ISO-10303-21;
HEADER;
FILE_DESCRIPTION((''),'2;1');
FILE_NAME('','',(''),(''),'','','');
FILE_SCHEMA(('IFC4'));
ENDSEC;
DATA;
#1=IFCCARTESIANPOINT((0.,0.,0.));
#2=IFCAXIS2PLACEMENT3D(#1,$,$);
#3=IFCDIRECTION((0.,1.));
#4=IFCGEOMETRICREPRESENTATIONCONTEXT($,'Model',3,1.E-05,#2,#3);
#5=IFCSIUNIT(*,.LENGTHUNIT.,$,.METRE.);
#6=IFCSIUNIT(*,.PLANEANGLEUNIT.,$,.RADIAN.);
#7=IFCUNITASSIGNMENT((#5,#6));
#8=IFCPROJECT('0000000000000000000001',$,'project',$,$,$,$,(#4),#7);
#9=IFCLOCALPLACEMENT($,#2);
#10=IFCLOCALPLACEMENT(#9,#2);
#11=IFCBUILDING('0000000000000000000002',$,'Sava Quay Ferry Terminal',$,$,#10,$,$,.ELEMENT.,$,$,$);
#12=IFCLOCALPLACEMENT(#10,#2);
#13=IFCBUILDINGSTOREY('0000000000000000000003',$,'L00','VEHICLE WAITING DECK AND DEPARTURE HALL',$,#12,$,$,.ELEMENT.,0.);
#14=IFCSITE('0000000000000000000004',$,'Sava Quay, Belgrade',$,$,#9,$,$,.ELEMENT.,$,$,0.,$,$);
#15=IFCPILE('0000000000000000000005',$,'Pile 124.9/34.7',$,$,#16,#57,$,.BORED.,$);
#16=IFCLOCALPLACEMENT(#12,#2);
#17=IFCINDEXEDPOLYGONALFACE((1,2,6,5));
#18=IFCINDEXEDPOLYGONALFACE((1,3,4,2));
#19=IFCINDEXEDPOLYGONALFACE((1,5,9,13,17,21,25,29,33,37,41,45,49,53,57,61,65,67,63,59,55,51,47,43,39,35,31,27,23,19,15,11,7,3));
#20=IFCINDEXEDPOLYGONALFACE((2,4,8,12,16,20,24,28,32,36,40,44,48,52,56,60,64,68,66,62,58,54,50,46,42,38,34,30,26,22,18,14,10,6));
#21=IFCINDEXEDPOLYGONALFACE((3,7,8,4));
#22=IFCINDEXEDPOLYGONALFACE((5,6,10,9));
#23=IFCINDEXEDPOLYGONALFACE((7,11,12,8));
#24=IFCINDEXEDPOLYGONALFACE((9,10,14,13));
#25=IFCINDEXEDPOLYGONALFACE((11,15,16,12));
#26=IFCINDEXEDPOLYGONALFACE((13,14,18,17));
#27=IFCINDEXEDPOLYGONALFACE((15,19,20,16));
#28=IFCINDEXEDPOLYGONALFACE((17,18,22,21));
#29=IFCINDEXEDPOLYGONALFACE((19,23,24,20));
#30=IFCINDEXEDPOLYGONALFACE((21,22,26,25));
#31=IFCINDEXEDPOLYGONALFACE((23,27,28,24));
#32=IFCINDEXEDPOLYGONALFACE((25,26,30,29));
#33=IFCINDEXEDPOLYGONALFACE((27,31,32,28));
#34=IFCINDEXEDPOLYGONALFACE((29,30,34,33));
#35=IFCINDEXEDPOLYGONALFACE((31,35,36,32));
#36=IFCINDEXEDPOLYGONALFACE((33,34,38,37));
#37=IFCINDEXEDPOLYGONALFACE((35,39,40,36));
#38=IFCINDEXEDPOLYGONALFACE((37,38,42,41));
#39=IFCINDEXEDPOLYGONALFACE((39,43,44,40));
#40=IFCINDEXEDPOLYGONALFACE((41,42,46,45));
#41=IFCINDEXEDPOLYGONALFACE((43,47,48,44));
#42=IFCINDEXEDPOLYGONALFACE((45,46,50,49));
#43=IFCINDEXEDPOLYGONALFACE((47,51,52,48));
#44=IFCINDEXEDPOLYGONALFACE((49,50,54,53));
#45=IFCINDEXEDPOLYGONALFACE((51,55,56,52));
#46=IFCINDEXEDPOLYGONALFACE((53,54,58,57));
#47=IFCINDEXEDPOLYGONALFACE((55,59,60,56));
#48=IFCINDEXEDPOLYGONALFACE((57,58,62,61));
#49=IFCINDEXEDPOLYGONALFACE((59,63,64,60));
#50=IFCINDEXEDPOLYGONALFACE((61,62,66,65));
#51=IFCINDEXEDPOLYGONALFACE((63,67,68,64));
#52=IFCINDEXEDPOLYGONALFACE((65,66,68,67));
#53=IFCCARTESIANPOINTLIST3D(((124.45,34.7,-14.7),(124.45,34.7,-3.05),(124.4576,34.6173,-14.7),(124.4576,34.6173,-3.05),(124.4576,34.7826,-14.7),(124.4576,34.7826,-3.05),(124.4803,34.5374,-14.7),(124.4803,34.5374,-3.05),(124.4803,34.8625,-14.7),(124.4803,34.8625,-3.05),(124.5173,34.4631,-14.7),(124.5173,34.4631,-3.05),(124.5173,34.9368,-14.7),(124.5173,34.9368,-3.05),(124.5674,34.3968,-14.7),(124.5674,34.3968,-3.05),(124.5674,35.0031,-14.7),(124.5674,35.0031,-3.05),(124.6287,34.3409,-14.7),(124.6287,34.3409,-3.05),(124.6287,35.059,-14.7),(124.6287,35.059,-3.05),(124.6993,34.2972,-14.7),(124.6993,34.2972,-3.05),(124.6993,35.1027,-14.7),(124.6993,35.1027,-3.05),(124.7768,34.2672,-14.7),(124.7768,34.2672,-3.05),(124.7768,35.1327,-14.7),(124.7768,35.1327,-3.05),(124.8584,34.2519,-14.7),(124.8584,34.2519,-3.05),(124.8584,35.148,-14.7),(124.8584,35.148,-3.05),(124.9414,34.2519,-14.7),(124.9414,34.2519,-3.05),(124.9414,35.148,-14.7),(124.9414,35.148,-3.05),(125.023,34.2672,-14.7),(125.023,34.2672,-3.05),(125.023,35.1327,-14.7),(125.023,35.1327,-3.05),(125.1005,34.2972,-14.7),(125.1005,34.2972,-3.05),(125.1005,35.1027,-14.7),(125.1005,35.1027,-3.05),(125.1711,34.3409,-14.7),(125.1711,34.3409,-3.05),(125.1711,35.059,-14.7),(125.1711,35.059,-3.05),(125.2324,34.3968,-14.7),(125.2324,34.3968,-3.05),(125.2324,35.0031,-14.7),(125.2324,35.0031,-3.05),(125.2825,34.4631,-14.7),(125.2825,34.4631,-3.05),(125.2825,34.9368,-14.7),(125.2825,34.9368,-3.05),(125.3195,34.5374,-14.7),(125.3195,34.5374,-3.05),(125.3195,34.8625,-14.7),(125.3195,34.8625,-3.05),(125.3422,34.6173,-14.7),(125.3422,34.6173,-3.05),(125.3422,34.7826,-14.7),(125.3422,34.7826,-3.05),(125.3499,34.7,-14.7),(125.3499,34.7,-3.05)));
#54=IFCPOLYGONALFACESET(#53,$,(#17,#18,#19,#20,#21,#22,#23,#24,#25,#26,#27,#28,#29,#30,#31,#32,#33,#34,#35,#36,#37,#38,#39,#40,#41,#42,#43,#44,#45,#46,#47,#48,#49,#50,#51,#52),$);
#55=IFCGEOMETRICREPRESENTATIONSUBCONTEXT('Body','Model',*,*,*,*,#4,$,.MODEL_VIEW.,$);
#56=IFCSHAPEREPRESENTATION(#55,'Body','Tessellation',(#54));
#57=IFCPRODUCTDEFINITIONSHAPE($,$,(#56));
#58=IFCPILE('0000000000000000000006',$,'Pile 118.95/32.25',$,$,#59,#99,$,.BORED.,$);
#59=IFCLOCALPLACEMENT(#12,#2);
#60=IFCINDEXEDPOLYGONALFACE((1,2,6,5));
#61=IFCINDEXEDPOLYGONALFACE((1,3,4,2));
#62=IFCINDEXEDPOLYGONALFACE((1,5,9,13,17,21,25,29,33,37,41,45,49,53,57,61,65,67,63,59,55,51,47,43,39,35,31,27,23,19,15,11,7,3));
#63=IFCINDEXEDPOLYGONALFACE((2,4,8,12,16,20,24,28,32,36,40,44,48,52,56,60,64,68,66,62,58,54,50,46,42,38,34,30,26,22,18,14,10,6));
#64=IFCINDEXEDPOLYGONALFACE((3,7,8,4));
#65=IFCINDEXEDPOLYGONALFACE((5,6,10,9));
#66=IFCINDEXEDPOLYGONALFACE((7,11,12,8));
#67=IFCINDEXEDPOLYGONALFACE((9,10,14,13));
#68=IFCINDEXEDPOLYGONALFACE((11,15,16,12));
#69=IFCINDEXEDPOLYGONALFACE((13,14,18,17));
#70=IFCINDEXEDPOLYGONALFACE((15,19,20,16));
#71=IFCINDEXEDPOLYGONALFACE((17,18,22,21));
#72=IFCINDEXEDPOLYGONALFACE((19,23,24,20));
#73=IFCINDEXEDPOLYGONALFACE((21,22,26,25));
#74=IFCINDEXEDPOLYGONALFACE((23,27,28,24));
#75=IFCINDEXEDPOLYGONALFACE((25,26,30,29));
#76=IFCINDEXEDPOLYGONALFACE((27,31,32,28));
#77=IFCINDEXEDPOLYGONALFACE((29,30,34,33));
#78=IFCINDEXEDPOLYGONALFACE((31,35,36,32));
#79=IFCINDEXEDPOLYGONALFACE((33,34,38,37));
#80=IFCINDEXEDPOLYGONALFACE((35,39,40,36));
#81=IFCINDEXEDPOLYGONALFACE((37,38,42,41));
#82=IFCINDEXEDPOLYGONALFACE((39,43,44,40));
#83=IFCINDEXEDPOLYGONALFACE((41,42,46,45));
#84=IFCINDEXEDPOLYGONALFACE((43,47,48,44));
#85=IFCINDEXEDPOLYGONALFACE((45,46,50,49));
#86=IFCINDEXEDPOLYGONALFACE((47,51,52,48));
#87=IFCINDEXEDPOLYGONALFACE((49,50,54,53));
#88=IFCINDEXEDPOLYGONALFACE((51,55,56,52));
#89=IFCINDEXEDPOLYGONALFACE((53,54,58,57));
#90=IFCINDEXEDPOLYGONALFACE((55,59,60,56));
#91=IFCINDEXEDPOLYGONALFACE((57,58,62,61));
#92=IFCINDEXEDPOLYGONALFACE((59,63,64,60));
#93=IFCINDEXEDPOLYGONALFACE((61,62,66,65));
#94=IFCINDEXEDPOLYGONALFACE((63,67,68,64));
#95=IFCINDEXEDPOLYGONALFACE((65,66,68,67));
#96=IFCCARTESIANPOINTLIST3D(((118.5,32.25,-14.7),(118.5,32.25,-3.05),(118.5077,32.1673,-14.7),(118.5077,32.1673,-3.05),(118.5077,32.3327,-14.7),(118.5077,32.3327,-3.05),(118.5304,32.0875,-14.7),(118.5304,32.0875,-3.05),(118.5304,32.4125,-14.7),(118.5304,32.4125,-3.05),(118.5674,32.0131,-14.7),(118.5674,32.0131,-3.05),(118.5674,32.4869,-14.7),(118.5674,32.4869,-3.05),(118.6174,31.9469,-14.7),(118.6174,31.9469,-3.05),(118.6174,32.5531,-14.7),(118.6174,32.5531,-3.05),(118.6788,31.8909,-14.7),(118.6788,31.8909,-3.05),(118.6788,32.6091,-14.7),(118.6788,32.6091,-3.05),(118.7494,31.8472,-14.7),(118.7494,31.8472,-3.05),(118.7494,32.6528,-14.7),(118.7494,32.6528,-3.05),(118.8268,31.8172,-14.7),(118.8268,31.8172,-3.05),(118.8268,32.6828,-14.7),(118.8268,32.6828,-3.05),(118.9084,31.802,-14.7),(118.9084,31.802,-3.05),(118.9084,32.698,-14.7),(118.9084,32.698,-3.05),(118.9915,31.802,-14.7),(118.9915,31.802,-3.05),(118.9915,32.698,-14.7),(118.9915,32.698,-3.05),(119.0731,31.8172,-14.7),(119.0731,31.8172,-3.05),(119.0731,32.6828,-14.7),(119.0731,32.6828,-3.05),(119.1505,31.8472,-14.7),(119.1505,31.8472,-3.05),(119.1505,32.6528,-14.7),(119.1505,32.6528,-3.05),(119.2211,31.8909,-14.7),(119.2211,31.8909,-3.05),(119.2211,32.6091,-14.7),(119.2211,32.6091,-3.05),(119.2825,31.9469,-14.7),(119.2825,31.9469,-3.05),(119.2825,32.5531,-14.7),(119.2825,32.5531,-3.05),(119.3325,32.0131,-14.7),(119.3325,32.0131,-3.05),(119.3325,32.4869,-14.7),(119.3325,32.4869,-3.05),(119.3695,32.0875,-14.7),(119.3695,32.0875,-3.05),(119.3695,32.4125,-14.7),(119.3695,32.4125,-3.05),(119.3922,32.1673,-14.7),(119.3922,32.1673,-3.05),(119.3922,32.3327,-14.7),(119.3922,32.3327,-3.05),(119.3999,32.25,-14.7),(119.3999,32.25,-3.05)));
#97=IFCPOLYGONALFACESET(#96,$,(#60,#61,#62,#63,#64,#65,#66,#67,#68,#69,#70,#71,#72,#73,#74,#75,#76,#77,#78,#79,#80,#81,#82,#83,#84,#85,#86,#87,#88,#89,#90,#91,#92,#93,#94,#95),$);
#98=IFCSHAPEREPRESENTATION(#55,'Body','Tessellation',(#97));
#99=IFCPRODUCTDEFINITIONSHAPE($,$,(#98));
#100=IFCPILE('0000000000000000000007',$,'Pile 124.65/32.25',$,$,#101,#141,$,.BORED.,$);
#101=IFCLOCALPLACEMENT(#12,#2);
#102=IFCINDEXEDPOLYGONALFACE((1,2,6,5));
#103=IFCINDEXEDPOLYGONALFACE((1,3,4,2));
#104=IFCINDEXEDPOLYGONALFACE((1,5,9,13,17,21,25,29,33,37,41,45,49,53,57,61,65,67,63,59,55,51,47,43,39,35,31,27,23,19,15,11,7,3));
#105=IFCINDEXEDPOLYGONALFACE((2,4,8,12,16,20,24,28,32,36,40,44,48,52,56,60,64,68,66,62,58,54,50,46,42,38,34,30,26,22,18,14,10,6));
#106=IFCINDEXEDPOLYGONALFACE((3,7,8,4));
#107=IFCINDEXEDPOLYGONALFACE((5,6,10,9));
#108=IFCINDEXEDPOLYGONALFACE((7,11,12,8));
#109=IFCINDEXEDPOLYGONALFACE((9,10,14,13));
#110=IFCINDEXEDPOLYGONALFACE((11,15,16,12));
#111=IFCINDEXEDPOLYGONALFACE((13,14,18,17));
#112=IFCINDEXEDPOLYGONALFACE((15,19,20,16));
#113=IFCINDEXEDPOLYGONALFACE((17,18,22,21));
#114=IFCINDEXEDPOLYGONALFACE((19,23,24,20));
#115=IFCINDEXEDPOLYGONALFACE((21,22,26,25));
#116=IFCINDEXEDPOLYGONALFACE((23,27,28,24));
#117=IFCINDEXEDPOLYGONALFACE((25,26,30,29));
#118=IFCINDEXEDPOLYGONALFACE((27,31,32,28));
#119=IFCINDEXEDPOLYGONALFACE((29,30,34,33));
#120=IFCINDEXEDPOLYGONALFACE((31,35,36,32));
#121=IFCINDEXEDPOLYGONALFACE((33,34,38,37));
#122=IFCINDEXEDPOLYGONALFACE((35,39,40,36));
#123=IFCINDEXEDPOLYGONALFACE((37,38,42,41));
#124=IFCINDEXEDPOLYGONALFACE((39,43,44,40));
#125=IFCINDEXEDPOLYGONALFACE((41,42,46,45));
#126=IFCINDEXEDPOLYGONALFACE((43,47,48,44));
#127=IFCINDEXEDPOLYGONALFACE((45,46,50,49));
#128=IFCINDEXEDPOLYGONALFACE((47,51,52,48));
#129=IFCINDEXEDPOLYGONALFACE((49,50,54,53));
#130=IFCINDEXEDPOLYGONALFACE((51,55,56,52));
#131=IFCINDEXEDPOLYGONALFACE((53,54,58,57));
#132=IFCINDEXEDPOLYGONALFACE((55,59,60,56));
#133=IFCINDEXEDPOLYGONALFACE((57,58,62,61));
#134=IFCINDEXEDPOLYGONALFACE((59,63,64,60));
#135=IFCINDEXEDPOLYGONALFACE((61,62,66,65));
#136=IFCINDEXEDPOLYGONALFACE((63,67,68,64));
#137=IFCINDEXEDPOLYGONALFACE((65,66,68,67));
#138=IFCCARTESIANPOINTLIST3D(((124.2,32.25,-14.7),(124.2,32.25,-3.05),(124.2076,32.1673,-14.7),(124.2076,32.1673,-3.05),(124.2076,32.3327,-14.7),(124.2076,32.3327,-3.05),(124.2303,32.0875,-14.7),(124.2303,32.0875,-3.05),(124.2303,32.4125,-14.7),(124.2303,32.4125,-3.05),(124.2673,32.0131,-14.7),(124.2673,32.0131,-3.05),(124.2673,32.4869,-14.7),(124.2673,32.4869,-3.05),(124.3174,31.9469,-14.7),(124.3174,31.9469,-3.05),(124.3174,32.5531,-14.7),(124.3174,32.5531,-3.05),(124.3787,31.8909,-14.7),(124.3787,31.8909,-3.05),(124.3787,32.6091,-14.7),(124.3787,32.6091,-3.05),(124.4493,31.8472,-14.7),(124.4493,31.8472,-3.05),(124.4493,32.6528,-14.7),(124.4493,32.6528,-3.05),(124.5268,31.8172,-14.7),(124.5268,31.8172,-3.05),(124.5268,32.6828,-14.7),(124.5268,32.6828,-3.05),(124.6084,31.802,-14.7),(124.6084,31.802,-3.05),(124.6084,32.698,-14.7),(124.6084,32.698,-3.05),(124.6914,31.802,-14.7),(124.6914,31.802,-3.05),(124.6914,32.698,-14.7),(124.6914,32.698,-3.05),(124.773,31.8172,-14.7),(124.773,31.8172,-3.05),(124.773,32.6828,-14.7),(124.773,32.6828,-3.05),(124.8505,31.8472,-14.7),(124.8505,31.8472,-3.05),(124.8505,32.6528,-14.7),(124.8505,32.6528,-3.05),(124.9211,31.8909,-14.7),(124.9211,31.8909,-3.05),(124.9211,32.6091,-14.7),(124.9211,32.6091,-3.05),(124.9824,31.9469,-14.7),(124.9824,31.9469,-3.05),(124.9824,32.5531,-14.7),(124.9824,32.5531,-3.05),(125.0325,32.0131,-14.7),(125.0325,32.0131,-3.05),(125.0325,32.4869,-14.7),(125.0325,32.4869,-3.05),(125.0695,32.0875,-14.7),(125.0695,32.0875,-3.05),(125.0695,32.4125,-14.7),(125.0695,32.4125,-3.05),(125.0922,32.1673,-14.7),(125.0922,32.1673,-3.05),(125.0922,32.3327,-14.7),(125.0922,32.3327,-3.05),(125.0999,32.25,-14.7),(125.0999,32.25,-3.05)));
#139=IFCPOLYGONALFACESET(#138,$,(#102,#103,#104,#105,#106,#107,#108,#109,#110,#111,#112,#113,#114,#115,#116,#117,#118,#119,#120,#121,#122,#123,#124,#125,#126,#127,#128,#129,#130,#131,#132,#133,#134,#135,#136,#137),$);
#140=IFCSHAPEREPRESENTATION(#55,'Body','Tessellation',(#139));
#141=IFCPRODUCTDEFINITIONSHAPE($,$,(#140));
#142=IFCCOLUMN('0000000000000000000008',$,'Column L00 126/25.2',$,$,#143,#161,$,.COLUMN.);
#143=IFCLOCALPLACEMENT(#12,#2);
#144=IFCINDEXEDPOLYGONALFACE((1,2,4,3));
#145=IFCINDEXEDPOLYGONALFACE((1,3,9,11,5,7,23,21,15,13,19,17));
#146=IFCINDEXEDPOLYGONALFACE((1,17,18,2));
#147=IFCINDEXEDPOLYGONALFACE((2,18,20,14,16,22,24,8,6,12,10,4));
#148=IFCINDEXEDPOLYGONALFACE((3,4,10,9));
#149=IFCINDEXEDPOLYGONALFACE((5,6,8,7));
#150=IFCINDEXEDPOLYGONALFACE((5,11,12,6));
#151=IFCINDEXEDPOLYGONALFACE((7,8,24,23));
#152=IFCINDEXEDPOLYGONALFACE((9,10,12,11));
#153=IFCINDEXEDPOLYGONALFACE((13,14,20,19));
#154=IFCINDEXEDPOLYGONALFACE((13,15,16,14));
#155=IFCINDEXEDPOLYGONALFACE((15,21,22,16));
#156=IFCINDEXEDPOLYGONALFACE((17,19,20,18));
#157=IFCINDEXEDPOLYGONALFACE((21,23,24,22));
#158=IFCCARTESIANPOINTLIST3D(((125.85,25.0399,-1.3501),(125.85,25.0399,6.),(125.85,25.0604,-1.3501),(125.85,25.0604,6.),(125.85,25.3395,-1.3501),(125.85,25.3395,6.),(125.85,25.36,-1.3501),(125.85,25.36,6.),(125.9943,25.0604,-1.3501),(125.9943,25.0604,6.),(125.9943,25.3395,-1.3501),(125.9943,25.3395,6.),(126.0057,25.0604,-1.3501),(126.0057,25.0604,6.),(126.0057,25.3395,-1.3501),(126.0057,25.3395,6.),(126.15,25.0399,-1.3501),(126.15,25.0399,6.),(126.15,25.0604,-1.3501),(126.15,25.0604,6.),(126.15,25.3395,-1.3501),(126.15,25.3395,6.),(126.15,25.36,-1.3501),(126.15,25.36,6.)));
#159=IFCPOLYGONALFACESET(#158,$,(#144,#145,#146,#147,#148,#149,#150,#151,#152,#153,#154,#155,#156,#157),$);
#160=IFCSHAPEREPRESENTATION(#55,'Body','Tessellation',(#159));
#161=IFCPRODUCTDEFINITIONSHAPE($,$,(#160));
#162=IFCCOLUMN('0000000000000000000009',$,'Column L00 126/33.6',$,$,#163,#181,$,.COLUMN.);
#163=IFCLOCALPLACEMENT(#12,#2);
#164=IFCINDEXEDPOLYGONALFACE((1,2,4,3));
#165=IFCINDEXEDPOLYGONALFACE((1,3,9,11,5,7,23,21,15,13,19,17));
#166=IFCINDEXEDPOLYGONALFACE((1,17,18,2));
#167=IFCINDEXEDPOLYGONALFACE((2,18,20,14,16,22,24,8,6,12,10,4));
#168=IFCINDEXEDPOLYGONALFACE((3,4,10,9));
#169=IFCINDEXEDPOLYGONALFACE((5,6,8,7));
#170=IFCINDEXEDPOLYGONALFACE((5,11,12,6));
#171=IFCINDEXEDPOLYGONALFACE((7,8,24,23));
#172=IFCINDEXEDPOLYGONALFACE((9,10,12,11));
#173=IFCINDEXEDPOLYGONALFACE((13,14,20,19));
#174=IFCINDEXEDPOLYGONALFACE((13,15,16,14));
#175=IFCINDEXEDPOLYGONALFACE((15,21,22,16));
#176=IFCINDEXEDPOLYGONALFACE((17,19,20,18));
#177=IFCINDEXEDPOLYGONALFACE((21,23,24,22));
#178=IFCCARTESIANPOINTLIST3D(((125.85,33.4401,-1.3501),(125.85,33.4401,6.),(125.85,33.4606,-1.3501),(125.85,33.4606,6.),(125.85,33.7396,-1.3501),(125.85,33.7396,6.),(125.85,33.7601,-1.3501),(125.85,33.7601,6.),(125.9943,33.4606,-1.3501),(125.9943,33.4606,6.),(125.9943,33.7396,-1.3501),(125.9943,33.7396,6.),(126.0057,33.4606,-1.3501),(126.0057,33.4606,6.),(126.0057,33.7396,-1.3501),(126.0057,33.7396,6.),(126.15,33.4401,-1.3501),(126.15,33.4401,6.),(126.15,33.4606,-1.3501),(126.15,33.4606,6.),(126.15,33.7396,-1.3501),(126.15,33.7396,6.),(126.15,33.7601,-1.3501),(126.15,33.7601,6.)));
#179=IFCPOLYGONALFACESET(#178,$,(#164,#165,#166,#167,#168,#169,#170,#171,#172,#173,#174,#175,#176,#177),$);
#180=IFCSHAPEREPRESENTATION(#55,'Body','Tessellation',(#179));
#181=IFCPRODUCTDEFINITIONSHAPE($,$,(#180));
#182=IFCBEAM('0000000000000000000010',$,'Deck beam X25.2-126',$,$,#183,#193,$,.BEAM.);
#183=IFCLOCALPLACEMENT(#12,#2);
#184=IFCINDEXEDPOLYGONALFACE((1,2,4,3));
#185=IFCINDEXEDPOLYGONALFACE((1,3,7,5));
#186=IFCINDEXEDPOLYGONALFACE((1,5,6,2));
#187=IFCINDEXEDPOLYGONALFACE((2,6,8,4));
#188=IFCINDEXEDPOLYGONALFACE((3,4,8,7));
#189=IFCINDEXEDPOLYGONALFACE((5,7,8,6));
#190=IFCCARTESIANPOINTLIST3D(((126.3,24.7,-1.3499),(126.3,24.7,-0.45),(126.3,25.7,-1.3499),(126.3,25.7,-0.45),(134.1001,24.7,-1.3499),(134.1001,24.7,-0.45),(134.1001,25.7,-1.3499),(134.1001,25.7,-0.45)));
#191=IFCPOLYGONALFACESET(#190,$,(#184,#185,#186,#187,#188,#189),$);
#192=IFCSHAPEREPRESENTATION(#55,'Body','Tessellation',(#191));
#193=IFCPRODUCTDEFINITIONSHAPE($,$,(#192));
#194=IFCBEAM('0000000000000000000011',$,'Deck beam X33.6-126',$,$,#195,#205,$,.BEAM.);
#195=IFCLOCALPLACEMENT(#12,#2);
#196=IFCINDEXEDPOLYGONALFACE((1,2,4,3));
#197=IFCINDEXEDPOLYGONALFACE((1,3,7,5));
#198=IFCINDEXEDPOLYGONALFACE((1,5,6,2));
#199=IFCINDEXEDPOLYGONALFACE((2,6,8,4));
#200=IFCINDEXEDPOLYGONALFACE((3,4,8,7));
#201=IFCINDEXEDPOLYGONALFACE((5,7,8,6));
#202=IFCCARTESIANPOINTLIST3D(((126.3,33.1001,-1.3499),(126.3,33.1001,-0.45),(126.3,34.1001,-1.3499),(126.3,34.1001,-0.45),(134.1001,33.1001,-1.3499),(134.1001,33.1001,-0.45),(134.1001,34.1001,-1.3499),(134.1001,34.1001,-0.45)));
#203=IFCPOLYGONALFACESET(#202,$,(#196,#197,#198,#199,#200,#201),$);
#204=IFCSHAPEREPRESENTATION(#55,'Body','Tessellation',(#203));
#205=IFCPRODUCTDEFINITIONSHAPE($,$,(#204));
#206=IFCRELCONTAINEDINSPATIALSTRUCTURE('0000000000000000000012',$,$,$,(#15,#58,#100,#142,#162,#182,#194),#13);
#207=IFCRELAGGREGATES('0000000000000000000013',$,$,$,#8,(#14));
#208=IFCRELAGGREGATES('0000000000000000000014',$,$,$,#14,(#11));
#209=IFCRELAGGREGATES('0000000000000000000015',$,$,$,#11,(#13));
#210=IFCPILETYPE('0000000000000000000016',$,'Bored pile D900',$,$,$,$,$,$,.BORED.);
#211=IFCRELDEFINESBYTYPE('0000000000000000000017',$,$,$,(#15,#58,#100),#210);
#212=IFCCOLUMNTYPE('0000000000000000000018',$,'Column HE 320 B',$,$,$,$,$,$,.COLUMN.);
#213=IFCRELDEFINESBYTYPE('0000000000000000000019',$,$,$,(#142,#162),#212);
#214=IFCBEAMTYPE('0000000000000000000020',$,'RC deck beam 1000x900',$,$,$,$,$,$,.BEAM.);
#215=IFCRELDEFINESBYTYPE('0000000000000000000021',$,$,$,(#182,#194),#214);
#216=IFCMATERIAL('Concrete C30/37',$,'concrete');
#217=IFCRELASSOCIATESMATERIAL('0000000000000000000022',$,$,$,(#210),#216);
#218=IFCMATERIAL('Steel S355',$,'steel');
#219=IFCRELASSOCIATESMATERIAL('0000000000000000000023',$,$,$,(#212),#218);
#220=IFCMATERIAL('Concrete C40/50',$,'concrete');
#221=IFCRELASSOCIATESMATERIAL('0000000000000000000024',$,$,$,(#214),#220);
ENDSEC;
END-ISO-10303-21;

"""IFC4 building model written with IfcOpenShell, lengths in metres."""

from ifc_helpers import new_model, si_unit, direction, frame, origin, origin_2d, place, context, subcontext, project, spatial, rectangle, circle, i_section, extrude, material, material_profile, profile_set, type_object, element, save


model = new_model("IFC4")

# Units and contexts
model_context = context("Model", 3, precision=1e-05, world=origin(), true_north=direction((0.0, 1.0)))
body_context = subcontext(model_context, "Body", "Model", "MODEL_VIEW")
ifc_project = project(units=[si_unit("LENGTHUNIT", "METRE"), si_unit("PLANEANGLEUNIT", "RADIAN")], contexts=[model_context])

# Site, building, storey
site_placement = place(None, origin())
site = spatial("IfcSite", under=ifc_project, at=site_placement, Name="Sava Quay, Belgrade", CompositionType="ELEMENT", RefElevation=0.0)
building_placement = place(site_placement, origin())
building = spatial("IfcBuilding", under=site, at=building_placement, Name="Sava Quay Ferry Terminal", CompositionType="ELEMENT")
storey_placement = place(building_placement, origin())
storey = spatial("IfcBuildingStorey", under=building, at=storey_placement, Name="L00", Description="VEHICLE WAITING DECK AND DEPARTURE HALL", CompositionType="ELEMENT", Elevation=0.0)

# Piles
ifc_material_1 = material(Name="Concrete C30/37", Category="concrete")
ifc_material_profile_1 = material_profile(ifc_material_1, circle(Radius=0.45, at=origin_2d()), Name="Bored pile D900")
ifc_profile_set_1 = profile_set([ifc_material_profile_1], Name="Concrete C30/37")
pile_type = type_object("IfcPileType", Name="Bored pile D900", PredefinedType="BORED", material=ifc_profile_set_1)
for number, where, z_axis, x_axis, name in (
    (1, (124.8999, 34.7, -3.05), (0.0, 0.0, -1.0), (1.0, 0.0, 0.0), "Pile 124.9/34.7"),
    (2, (118.95, 32.25, -3.05), (0.0, 0.0, -1.0), (1.0, 0.0, 0.0), "Pile 118.95/32.25"),
    (3, (124.6499, 32.25, -3.05), (0.0, 0.0, -1.0), (1.0, 0.0, 0.0), "Pile 124.65/32.25"),
):
    element("IfcPile", number, at=place(storey_placement, frame(where, z_axis=z_axis, x_axis=x_axis)), inside=storey, type_object=pile_type, Name=name, PredefinedType="BORED", context=body_context, shape_type="SweptSolid", body=[
        extrude(circle(Radius=0.45, at=origin_2d()), origin(), (0.0, 0.0, 1.0), 11.6499),
    ])

# Columns
ifc_material_2 = material(Name="Steel S355", Category="steel")
ifc_material_profile_2 = material_profile(ifc_material_2, i_section(OverallWidth=0.3, OverallDepth=0.3201, WebThickness=0.0115, FlangeThickness=0.0205, at=origin_2d()), Name="HE 320 B")
ifc_profile_set_2 = profile_set([ifc_material_profile_2], Name="Steel S355")
column_type = type_object("IfcColumnType", Name="Column HE 320 B", PredefinedType="COLUMN", material=ifc_profile_set_2)
for number, where, z_axis, x_axis, name in (
    (4, (126.0, 25.2, -1.3501), (0.0, 0.0, 1.0), (1.0, 0.0, 0.0), "Column L00 126/25.2"),
    (5, (126.0, 33.6001, -1.3501), (0.0, 0.0, 1.0), (1.0, 0.0, 0.0), "Column L00 126/33.6"),
):
    element("IfcColumn", number, at=place(storey_placement, frame(where, z_axis=z_axis, x_axis=x_axis)), inside=storey, type_object=column_type, Name=name, PredefinedType="COLUMN", context=body_context, shape_type="SweptSolid", body=[
        extrude(i_section(OverallWidth=0.3, OverallDepth=0.3201, WebThickness=0.0115, FlangeThickness=0.0205, at=origin_2d()), origin(), (0.0, 0.0, 1.0), 7.3501),
    ])

# Beams
ifc_material_3 = material(Name="Concrete C40/50", Category="concrete")
ifc_material_profile_3 = material_profile(ifc_material_3, rectangle(XDim=1.0, YDim=0.8999, at=origin_2d()), Name="RC 1000x900")
ifc_profile_set_3 = profile_set([ifc_material_profile_3], Name="Concrete C40/50")
beam_type = type_object("IfcBeamType", Name="RC deck beam 1000x900", PredefinedType="BEAM", material=ifc_profile_set_3)
for number, where, z_axis, x_axis, name in (
    (6, (126.3, 25.2, -0.8999), (1.0, 0.0, 0.0), (0.0, 1.0, 0.0), "Deck beam X25.2-126"),
    (7, (126.3, 33.6001, -0.8999), (1.0, 0.0, 0.0), (0.0, 1.0, 0.0), "Deck beam X33.6-126"),
):
    element("IfcBeam", number, at=place(storey_placement, frame(where, z_axis=z_axis, x_axis=x_axis)), inside=storey, type_object=beam_type, Name=name, PredefinedType="BEAM", context=body_context, shape_type="SweptSolid", body=[
        extrude(rectangle(XDim=1.0, YDim=0.8999, at=origin_2d()), origin(), (0.0, 0.0, 1.0), 7.8),
    ])

save(model, "model.ifc")
